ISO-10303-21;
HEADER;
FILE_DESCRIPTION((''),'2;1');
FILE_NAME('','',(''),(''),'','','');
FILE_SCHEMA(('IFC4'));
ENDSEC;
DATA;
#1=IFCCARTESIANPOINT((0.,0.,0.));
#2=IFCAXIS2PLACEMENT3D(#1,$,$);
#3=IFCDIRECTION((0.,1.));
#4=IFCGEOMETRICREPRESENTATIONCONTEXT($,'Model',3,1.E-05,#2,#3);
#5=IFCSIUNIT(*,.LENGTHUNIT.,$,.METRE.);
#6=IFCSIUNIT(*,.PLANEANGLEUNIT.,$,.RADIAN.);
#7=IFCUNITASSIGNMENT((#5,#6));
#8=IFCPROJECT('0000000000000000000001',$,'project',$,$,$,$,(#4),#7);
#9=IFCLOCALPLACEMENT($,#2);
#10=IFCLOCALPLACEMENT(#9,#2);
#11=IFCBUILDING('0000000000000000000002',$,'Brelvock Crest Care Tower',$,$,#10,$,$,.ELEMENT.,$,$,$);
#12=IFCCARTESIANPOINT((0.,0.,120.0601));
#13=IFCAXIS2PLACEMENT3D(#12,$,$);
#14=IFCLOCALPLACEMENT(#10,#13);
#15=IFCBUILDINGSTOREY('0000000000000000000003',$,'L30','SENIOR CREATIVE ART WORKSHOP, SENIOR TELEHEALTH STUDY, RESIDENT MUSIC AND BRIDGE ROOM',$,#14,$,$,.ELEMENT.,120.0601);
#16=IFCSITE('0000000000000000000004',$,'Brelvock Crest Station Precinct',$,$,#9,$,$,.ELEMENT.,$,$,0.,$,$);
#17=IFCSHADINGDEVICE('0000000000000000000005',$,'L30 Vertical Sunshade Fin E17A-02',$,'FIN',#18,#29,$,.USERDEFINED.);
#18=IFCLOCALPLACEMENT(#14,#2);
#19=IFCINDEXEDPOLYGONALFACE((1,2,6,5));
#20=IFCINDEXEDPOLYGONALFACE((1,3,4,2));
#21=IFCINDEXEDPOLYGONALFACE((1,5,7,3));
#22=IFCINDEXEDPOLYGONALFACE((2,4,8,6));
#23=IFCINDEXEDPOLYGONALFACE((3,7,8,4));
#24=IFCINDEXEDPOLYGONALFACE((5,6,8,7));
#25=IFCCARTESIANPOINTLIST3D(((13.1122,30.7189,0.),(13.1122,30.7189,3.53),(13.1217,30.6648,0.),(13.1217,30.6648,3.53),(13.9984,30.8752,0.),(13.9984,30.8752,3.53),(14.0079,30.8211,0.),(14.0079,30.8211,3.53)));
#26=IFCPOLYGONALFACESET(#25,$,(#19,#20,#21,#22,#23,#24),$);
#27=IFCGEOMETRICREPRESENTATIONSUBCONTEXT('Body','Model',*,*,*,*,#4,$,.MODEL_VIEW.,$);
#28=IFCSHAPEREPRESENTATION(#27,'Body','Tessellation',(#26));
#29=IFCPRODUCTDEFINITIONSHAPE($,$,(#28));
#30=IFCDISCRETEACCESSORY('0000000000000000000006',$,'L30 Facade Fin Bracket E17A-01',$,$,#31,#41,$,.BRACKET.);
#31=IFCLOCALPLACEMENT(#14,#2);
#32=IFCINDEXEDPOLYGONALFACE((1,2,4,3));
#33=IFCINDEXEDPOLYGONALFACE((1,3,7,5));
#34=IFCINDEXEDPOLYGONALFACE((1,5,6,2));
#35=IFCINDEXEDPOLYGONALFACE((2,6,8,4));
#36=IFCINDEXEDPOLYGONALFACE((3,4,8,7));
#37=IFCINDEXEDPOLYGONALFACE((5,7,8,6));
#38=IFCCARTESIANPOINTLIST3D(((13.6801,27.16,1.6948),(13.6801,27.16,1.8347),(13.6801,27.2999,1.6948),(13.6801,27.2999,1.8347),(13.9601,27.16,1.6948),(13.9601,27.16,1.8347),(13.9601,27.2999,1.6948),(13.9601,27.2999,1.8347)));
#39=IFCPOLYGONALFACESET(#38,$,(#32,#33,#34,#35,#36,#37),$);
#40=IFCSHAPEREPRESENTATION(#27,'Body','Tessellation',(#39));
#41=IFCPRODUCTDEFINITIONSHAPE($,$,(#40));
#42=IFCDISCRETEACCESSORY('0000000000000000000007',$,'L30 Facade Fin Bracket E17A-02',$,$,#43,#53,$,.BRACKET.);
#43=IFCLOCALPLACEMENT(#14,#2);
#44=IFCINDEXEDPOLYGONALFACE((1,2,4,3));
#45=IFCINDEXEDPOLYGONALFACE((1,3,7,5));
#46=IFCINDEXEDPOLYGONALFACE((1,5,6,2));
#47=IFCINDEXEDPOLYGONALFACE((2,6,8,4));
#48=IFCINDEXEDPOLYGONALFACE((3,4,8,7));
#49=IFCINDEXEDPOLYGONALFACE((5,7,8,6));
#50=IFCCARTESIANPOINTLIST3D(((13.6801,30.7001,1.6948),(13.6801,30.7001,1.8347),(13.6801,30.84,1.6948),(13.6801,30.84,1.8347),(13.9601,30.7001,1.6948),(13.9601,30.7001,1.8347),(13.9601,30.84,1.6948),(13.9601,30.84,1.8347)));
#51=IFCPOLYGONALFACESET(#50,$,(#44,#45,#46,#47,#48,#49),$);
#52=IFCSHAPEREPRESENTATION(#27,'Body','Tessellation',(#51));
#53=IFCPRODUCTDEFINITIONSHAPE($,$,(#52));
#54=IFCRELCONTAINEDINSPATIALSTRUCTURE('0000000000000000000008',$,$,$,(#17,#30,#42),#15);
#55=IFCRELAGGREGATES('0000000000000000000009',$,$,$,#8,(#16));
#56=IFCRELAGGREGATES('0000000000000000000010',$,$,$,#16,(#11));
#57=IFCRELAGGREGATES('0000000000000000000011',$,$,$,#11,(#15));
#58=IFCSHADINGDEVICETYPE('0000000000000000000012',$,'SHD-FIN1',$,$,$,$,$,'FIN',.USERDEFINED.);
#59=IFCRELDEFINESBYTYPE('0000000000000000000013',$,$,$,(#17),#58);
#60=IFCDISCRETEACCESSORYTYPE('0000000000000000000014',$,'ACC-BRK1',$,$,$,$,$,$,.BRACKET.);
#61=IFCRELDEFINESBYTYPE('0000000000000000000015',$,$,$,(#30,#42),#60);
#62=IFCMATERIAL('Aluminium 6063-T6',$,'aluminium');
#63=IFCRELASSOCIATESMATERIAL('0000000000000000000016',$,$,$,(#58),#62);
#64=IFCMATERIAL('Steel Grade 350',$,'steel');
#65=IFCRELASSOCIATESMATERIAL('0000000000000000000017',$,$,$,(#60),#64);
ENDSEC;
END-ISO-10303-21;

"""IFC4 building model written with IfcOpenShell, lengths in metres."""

from ifc_helpers import new_model, si_unit, direction, frame, origin, origin_2d, place, context, subcontext, project, spatial, rectangle, extrude, source, transform, mapped, material, material_profile, profile_set, type_object, element, save


model = new_model("IFC4")

# Units and contexts
model_context = context("Model", 3, precision=1e-05, world=origin(), true_north=direction((0.0, 1.0)))
body_context = subcontext(model_context, "Body", "Model", "MODEL_VIEW")
ifc_project = project(units=[si_unit("LENGTHUNIT", "METRE"), si_unit("PLANEANGLEUNIT", "RADIAN")], contexts=[model_context])

# Site, building, storey
site_placement = place(None, origin())
site = spatial("IfcSite", under=ifc_project, at=site_placement, Name="Brelvock Crest Station Precinct", CompositionType="ELEMENT", RefElevation=0.0)
building_placement = place(site_placement, origin())
building = spatial("IfcBuilding", under=site, at=building_placement, Name="Brelvock Crest Care Tower", CompositionType="ELEMENT")
storey_placement = place(building_placement, frame((0.0, 0.0, 120.0601)))
storey = spatial("IfcBuildingStorey", under=building, at=storey_placement, Name="L30", Description="SENIOR CREATIVE ART WORKSHOP, SENIOR TELEHEALTH STUDY, RESIDENT MUSIC AND BRIDGE ROOM", CompositionType="ELEMENT", Elevation=120.0601)

# Shared definitions
ifc_material_1 = material(Name="Steel Grade 350", Category="steel")

# Shared definitions
ifc_material_2 = material(Name="Aluminium 6063-T6", Category="aluminium")

# Shading device
ifc_material_profile_1 = material_profile(ifc_material_2, rectangle(XDim=0.0549, YDim=0.8999, at=origin_2d()), Name="FIN55x900")
ifc_profile_set_1 = profile_set([ifc_material_profile_1], Name="Aluminium 6063-T6")
shading_device_type = type_object("IfcShadingDeviceType", Name="SHD-FIN1", ElementType="FIN", PredefinedType="USERDEFINED", material=ifc_profile_set_1)
shared_shape_1 = source(origin(), body_context, "Body", "SweptSolid", [
    extrude(rectangle(XDim=0.0549, YDim=0.8999, at=origin_2d()), origin(), (0.0, 0.0, 1.0), 3.53),
])
for number, where, z_axis, x_axis, name in (
    (1, (13.5601, 30.77, 0.0), (0.0, 0.0, 1.0), (-0.173648, 0.984808, 0.0), "L30 Vertical Sunshade Fin E17A-02"),
):
    element("IfcShadingDevice", number, at=place(storey_placement, frame(where, z_axis=z_axis, x_axis=x_axis)), inside=storey, type_object=shading_device_type, Name=name, ObjectType="FIN", PredefinedType="USERDEFINED", context=body_context, shape_type="MappedRepresentation", body=[
        mapped(shared_shape_1, transform((0.0, 0.0, 0.0), x_axis=(1.0, 0.0, 0.0), y_axis=(0.0, 1.0, 0.0), z_axis=(0.0, 0.0, 1.0), scale=1.0)),
    ])

# Discrete accessories
discrete_accessory_type = type_object("IfcDiscreteAccessoryType", Name="ACC-BRK1", PredefinedType="BRACKET", material=ifc_material_1)
shared_shape_2 = source(origin(), body_context, "Body", "SweptSolid", [
    extrude(rectangle(XDim=0.28, YDim=0.1399, at=origin_2d()), origin(), (0.0, 0.0, 1.0), 0.1399),
])
for number, where, z_axis, x_axis, name in (
    (2, (13.8201, 27.23, 1.6948), (0.0, 0.0, 1.0), (-1.0, 0.0, 0.0), "L30 Facade Fin Bracket E17A-01"),
    (3, (13.8201, 30.77, 1.6948), (0.0, 0.0, 1.0), (-1.0, 0.0, 0.0), "L30 Facade Fin Bracket E17A-02"),
):
    element("IfcDiscreteAccessory", number, at=place(storey_placement, frame(where, z_axis=z_axis, x_axis=x_axis)), inside=storey, type_object=discrete_accessory_type, Name=name, PredefinedType="BRACKET", context=body_context, shape_type="MappedRepresentation", body=[
        mapped(shared_shape_2, transform((0.0, 0.0, 0.0), x_axis=(1.0, 0.0, 0.0), y_axis=(0.0, 1.0, 0.0), z_axis=(0.0, 0.0, 1.0), scale=1.0)),
    ])

save(model, "model.ifc")
